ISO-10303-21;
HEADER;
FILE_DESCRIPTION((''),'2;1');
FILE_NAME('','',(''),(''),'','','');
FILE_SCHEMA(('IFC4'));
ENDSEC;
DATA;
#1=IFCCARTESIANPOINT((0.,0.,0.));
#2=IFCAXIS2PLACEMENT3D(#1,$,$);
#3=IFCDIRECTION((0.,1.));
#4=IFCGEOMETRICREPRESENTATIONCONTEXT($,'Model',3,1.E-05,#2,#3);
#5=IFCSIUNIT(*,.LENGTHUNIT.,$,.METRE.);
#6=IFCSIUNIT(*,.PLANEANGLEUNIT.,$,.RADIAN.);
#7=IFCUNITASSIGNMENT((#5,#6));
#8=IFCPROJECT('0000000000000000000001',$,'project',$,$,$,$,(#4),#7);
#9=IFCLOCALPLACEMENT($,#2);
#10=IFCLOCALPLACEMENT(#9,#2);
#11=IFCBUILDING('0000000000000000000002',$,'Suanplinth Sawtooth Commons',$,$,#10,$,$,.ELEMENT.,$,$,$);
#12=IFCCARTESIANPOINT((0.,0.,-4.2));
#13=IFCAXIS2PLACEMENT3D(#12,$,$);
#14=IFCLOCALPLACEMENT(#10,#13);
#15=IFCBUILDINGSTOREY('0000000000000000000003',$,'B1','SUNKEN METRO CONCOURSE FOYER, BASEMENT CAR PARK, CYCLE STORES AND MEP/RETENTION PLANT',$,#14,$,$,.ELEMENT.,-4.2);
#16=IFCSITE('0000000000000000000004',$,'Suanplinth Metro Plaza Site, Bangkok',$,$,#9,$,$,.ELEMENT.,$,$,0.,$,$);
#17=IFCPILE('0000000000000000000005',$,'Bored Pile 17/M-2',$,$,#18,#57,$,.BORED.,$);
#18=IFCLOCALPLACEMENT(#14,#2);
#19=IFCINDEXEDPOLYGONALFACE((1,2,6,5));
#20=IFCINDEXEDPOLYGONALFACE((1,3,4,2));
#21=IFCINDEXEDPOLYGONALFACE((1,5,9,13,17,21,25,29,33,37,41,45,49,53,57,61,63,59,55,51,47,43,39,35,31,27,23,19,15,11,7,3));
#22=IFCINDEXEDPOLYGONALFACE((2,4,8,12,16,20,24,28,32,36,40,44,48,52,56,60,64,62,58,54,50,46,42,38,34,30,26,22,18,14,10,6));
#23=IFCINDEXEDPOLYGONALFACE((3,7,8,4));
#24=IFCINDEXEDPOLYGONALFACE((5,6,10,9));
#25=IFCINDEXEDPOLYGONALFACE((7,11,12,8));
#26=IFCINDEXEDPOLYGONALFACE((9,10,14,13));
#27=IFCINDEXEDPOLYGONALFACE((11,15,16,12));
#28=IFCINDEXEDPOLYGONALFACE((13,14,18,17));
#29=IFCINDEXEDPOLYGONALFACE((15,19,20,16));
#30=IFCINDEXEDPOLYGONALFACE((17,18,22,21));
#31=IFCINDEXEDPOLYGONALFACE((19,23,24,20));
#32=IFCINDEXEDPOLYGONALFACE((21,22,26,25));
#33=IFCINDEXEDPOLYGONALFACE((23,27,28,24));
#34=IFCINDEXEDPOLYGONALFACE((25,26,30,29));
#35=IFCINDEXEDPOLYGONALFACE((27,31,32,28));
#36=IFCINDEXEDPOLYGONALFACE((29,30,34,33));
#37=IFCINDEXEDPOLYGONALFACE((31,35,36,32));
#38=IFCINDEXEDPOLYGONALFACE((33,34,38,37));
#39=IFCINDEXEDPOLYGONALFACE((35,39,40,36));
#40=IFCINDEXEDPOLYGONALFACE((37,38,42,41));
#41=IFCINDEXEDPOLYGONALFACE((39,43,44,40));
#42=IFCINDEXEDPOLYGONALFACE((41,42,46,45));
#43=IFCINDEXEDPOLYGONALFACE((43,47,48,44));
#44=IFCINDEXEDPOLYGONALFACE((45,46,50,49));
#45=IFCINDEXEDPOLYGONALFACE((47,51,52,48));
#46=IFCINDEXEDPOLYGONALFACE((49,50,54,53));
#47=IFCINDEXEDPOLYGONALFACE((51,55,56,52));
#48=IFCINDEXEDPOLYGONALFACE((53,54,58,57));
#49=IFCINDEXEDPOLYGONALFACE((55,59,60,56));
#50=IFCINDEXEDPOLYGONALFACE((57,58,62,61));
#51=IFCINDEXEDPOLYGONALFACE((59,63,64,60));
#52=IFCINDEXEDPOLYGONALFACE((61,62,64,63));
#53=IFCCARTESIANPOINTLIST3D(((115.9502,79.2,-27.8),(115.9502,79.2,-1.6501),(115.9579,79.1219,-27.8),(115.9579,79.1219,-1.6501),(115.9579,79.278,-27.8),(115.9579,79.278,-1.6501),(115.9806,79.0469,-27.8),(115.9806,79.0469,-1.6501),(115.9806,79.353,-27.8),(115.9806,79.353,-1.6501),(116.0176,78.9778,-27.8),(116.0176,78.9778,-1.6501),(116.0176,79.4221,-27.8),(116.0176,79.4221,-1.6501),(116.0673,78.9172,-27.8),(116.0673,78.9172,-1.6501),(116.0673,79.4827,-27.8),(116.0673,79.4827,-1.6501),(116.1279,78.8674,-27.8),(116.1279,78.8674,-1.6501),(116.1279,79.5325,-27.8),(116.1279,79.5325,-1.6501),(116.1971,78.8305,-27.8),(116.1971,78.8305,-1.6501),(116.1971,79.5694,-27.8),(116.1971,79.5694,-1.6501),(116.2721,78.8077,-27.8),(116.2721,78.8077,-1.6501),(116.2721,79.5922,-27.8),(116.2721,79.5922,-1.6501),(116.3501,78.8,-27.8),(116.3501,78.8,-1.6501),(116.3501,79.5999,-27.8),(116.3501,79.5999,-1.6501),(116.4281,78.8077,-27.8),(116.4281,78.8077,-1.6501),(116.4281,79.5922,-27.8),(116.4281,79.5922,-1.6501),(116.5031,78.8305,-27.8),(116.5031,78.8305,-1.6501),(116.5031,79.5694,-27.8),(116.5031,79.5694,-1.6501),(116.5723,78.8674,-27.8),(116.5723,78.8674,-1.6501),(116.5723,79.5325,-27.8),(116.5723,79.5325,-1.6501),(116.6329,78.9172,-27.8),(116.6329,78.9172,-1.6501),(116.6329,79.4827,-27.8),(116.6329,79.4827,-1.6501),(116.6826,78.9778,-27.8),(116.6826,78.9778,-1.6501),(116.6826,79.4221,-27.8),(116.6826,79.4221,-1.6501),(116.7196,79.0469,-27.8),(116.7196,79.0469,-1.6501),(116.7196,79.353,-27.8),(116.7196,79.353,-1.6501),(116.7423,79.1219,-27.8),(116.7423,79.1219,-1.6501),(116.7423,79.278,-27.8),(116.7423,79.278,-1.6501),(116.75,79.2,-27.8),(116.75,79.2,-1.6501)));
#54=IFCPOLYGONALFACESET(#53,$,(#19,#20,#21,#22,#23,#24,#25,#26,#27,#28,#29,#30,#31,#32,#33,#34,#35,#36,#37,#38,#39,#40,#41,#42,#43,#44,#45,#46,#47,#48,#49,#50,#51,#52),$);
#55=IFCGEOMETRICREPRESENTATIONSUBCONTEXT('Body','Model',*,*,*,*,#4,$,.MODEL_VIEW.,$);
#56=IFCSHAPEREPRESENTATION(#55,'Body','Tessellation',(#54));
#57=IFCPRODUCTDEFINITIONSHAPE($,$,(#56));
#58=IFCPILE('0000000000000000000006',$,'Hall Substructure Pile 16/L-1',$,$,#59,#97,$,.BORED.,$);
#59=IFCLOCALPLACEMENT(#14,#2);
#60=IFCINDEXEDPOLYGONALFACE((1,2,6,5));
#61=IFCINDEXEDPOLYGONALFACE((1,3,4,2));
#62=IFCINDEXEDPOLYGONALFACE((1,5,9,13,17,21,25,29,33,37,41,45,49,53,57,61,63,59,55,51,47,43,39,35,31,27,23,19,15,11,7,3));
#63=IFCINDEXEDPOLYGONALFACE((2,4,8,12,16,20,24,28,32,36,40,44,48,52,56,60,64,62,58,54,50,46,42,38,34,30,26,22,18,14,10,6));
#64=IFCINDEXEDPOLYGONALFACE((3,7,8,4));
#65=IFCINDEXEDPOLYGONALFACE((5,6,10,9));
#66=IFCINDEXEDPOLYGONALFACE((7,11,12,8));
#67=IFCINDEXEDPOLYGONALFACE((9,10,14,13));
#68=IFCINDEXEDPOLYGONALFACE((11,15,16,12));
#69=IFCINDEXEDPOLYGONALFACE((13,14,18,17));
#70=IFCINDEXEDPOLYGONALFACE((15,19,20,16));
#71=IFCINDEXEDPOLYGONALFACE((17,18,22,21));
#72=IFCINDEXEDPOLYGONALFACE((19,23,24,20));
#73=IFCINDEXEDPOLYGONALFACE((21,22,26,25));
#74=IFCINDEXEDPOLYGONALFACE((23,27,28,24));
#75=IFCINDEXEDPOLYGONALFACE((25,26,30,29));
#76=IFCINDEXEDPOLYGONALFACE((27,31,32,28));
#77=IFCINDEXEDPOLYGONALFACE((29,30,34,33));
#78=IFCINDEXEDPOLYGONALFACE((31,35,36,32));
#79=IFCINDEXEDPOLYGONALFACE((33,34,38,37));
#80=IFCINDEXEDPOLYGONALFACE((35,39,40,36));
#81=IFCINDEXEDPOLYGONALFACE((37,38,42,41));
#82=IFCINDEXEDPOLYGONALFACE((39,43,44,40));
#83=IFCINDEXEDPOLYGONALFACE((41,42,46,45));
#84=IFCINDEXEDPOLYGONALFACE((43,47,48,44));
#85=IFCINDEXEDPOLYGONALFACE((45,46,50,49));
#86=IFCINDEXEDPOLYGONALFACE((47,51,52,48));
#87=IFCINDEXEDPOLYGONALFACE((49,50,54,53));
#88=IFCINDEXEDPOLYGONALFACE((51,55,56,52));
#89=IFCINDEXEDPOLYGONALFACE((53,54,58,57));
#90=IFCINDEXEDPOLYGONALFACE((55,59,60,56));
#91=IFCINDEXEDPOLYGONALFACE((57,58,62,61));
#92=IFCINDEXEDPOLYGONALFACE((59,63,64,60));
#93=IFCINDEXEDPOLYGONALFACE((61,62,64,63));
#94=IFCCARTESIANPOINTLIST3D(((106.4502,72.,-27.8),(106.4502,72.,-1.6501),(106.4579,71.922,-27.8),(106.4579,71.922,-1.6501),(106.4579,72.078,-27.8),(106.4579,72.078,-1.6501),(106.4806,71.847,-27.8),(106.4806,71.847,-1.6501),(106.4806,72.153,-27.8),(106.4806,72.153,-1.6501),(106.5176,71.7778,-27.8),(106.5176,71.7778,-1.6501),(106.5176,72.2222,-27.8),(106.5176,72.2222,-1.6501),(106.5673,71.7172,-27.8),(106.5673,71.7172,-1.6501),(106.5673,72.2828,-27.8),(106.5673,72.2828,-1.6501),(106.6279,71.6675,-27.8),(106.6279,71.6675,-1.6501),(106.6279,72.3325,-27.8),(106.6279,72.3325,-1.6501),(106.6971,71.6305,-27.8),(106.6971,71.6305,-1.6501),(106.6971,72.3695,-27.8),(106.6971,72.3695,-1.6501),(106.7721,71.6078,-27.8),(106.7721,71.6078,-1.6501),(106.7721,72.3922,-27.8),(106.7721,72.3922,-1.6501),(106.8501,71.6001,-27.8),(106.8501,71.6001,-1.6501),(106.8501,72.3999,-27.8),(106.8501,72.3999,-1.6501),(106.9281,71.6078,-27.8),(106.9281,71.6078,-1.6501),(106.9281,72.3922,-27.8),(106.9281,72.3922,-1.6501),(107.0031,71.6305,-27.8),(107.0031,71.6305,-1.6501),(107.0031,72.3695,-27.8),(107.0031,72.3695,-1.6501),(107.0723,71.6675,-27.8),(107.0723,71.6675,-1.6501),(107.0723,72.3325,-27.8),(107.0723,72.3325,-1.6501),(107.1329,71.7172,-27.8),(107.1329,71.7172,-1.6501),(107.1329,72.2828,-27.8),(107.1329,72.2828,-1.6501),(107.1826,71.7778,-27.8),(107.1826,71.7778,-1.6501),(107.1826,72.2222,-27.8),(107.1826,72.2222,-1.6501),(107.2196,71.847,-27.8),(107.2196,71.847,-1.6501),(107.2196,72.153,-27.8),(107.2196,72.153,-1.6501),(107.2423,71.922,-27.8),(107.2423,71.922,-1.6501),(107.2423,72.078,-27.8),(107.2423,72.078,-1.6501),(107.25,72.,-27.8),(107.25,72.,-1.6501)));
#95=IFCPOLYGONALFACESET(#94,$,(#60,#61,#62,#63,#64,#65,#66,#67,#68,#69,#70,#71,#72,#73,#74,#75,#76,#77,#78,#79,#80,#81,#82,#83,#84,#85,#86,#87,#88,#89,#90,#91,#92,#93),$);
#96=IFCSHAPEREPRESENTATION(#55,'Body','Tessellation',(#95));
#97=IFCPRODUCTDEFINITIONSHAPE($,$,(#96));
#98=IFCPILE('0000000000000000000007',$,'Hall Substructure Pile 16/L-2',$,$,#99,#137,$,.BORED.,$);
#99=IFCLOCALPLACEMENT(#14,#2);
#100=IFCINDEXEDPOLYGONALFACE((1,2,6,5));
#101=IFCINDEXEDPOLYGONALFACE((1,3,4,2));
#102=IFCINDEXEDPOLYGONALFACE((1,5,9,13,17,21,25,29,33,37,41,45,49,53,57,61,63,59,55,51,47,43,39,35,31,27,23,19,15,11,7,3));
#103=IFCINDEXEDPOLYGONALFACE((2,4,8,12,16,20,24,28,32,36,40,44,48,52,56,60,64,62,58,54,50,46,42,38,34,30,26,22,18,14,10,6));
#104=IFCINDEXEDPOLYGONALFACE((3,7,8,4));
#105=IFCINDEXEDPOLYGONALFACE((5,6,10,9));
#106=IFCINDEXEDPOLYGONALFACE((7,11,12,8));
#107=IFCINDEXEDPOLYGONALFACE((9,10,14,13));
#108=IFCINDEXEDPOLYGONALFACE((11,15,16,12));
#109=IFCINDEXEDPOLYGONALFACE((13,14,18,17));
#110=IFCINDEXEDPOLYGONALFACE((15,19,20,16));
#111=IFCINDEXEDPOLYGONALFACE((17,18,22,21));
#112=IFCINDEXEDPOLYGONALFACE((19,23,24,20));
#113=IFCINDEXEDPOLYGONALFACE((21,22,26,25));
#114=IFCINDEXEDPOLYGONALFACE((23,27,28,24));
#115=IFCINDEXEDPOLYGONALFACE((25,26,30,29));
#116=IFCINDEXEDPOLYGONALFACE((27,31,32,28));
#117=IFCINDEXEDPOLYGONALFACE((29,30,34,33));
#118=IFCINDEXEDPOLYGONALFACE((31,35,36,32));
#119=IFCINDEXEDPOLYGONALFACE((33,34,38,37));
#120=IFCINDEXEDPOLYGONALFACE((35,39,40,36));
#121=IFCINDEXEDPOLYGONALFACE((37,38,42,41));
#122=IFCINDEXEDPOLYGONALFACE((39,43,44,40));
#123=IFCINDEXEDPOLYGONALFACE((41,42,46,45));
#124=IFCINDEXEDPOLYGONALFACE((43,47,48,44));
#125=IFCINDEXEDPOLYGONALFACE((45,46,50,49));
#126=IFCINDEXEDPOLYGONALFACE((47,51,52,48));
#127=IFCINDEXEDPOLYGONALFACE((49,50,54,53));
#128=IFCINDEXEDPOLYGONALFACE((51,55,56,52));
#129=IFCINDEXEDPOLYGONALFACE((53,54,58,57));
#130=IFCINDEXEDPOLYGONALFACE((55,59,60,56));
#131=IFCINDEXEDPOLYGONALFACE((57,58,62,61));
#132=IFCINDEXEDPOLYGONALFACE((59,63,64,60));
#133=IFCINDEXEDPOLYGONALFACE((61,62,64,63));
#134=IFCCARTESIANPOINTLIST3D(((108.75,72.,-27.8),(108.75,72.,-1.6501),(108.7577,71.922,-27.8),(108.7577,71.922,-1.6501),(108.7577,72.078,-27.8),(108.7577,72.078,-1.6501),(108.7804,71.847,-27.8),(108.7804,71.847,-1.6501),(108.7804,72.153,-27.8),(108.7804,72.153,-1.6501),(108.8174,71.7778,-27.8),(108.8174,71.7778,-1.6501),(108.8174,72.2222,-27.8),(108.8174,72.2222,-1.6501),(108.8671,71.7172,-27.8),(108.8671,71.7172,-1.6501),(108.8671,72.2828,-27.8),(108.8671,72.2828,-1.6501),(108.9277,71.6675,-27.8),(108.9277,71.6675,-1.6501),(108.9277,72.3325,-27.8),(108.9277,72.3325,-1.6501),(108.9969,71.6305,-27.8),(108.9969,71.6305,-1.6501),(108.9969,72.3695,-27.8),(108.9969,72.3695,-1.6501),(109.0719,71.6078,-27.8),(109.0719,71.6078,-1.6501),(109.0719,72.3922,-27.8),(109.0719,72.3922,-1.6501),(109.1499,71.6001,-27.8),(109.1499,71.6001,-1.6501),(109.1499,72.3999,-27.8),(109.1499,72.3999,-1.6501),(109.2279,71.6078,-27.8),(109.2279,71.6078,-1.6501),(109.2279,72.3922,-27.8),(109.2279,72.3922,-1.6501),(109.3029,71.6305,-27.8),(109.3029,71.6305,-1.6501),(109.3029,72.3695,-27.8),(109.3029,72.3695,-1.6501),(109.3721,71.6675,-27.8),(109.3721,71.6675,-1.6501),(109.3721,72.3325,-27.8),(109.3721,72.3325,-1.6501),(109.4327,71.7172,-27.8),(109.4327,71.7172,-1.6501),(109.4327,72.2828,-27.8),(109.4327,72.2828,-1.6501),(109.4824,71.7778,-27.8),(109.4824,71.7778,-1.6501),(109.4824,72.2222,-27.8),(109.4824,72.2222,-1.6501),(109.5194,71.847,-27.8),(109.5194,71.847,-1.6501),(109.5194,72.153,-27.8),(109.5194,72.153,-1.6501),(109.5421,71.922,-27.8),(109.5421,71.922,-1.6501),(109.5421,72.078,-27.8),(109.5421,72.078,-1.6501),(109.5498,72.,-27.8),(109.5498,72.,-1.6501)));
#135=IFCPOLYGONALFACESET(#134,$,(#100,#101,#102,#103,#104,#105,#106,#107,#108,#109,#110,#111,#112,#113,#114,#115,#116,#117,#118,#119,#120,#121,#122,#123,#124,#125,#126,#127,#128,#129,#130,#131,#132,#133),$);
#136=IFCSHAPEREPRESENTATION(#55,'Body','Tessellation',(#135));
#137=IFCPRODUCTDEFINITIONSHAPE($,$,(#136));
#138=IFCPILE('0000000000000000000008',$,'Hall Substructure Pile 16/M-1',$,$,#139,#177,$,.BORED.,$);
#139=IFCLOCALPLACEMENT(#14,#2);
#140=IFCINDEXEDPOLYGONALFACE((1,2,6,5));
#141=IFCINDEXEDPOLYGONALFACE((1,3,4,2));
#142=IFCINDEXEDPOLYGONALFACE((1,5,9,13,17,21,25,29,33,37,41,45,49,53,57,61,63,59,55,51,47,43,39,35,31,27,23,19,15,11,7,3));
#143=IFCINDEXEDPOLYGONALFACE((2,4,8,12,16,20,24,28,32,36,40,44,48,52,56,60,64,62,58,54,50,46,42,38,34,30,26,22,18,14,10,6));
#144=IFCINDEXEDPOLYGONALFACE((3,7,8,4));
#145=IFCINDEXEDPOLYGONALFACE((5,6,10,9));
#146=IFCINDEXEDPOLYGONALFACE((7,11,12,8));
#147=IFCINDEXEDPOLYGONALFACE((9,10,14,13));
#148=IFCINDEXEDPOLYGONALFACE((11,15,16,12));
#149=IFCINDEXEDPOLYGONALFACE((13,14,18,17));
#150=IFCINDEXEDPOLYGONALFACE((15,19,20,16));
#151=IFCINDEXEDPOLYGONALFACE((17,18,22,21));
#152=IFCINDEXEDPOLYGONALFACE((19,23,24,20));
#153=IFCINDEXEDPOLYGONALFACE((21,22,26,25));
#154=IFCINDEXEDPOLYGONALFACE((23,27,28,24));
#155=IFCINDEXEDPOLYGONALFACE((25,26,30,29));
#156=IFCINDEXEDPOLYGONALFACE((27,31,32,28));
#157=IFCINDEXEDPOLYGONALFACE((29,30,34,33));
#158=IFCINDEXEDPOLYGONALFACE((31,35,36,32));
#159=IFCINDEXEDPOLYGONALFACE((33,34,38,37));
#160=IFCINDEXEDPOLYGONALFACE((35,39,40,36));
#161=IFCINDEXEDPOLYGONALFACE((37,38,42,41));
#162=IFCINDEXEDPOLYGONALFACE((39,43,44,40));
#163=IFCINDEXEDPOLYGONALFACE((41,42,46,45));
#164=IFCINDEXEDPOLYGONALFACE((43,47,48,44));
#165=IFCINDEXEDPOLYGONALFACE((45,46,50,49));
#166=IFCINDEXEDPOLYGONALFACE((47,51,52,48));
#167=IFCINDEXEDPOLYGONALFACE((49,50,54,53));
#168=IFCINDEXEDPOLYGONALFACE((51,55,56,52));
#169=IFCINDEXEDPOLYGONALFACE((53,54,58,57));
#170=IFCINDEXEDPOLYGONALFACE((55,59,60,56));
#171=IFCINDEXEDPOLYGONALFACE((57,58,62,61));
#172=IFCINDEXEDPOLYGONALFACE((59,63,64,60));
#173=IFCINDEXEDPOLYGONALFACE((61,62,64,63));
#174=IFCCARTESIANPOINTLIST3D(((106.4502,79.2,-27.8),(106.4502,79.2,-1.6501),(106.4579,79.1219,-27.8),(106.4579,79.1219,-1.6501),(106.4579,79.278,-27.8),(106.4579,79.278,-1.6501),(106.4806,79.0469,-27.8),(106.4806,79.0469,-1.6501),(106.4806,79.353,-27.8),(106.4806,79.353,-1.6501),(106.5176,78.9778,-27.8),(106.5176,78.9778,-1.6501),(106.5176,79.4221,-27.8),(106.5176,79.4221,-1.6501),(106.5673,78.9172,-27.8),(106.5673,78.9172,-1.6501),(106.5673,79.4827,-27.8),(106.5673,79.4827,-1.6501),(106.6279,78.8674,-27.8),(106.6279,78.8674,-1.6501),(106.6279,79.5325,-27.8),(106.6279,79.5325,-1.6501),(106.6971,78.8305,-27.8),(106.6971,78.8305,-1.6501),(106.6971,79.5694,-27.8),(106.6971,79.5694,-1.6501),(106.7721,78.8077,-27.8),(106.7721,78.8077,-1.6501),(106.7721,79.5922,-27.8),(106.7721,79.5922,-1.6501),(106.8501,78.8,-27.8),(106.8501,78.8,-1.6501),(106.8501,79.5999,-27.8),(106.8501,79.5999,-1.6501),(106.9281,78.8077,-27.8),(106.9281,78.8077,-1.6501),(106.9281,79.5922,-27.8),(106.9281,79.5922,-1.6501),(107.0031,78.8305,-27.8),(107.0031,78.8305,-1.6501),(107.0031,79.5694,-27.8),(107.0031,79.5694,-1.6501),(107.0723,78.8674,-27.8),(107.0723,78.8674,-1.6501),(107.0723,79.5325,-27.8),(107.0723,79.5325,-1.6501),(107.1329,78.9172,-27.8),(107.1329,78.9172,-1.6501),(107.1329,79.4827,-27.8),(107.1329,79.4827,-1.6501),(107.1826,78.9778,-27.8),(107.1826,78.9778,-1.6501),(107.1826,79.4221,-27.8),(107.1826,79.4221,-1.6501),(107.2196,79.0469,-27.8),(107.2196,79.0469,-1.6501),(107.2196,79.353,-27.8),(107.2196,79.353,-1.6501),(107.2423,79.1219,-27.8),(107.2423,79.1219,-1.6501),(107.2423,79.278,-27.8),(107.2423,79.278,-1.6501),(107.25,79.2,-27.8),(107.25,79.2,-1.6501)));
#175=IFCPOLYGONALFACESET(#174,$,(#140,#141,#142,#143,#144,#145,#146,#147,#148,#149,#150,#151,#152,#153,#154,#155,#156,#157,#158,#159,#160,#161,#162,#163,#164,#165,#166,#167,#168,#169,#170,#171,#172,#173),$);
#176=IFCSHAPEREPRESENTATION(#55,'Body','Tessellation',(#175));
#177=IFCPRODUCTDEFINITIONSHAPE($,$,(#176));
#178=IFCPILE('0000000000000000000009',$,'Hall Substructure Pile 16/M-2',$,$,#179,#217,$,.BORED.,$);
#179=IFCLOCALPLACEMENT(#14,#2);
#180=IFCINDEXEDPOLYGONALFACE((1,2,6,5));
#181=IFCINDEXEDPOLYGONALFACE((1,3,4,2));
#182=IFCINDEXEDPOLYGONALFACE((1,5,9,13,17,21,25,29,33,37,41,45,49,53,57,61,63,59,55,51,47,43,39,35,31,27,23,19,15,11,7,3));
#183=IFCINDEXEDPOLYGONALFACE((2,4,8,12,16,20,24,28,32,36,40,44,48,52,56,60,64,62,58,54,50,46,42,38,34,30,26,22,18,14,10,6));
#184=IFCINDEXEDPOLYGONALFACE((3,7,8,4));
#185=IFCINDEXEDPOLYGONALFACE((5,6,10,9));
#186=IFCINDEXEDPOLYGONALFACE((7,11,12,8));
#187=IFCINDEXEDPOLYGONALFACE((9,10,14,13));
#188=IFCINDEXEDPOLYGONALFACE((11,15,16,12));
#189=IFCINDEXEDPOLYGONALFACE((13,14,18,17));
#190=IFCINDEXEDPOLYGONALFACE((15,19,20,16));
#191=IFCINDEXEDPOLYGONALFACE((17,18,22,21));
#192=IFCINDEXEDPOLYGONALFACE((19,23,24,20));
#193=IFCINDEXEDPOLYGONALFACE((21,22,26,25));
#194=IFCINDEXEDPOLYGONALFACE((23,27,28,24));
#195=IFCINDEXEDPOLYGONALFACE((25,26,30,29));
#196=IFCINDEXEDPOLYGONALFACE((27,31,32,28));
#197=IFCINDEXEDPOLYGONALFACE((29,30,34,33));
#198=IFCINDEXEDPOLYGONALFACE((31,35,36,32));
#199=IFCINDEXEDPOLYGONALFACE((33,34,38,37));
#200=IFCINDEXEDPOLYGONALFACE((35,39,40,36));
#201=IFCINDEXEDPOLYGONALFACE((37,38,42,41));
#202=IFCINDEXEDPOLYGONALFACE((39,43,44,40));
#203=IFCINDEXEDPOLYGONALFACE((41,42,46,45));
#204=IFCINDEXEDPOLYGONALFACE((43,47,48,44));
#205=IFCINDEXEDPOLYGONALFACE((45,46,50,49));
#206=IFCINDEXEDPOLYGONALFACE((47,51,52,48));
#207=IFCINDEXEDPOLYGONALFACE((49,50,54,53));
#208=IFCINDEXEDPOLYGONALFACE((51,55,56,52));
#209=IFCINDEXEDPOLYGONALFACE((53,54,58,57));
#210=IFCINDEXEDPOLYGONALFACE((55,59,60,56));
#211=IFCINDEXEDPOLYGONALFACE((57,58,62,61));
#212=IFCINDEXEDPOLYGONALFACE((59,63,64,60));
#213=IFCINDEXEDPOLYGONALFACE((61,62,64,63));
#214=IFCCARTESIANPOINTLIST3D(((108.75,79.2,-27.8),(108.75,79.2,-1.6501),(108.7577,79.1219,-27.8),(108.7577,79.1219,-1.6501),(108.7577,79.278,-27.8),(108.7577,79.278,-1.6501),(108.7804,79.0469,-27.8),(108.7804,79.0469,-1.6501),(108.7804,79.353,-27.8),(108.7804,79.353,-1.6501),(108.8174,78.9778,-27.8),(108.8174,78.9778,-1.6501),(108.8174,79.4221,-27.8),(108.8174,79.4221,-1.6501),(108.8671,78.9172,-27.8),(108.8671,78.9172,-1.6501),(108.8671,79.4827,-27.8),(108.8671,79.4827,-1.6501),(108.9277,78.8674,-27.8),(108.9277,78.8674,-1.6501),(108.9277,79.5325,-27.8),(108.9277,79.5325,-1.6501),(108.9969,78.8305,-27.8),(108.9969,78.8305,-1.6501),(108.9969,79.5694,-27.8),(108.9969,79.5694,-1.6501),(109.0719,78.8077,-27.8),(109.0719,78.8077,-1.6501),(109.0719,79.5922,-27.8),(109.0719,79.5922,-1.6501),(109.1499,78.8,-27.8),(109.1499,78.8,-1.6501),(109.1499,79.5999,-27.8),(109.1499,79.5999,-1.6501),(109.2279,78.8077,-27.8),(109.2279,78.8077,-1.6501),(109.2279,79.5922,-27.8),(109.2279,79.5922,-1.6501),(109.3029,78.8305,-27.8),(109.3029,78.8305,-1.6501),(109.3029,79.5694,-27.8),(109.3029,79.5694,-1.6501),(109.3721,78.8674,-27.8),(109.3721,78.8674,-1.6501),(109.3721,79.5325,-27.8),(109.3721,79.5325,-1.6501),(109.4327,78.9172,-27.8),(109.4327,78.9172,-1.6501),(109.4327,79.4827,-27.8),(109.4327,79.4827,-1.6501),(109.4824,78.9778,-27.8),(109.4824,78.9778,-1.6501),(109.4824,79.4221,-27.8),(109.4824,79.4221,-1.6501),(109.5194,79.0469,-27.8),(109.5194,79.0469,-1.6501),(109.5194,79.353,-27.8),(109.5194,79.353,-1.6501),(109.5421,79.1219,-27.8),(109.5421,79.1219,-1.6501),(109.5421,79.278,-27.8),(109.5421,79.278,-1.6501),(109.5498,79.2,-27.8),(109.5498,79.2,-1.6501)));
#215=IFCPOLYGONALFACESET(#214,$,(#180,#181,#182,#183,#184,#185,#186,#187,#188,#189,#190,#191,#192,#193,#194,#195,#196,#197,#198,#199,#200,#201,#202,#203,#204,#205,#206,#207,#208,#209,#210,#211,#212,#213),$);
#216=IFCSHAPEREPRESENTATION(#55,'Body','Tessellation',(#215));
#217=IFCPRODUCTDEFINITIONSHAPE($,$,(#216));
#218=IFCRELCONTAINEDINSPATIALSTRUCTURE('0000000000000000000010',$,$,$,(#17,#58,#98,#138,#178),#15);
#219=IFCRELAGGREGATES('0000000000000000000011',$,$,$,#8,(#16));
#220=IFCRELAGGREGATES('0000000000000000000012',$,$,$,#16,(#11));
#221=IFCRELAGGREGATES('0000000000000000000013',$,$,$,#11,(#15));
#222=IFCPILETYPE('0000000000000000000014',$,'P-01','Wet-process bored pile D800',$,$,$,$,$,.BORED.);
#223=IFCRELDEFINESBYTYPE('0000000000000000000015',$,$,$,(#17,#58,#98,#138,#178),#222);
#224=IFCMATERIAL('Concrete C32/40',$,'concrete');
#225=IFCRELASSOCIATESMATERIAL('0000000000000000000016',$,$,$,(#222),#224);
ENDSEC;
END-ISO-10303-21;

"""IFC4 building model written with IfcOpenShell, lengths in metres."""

from ifc_helpers import new_model, si_unit, direction, frame, origin, origin_2d, place, context, subcontext, project, spatial, circle, extrude, material, material_profile, profile_set, type_object, element, save


model = new_model("IFC4")

# Units and contexts
model_context = context("Model", 3, precision=1e-05, world=origin(), true_north=direction((0.0, 1.0)))
body_context = subcontext(model_context, "Body", "Model", "MODEL_VIEW")
ifc_project = project(units=[si_unit("LENGTHUNIT", "METRE"), si_unit("PLANEANGLEUNIT", "RADIAN")], contexts=[model_context])

# Site, building, storey
site_placement = place(None, origin())
site = spatial("IfcSite", under=ifc_project, at=site_placement, Name="Suanplinth Metro Plaza Site, Bangkok", CompositionType="ELEMENT", RefElevation=0.0)
building_placement = place(site_placement, origin())
building = spatial("IfcBuilding", under=site, at=building_placement, Name="Suanplinth Sawtooth Commons", CompositionType="ELEMENT")
storey_placement = place(building_placement, frame((0.0, 0.0, -4.2)))
storey = spatial("IfcBuildingStorey", under=building, at=storey_placement, Name="B1", Description="SUNKEN METRO CONCOURSE FOYER, BASEMENT CAR PARK, CYCLE STORES AND MEP/RETENTION PLANT", CompositionType="ELEMENT", Elevation=-4.2)

# Piles
ifc_material_1 = material(Name="Concrete C32/40", Category="concrete")
ifc_material_profile_1 = material_profile(ifc_material_1, circle(Radius=0.3999, at=origin_2d()), Name="PILE D800")
ifc_profile_set_1 = profile_set([ifc_material_profile_1], Name="Concrete C32/40")
pile_type_1 = type_object("IfcPileType", Name="P-01", Description="Wet-process bored pile D800", PredefinedType="BORED", material=ifc_profile_set_1)
for number, where, z_axis, x_axis, name in (
    (1, (116.3501, 79.2, -1.6501), (0.0, 0.0, -1.0), (1.0, 0.0, 0.0), "Bored Pile 17/M-2"),
    (2, (106.8501, 72.0, -1.6501), (0.0, 0.0, -1.0), (1.0, 0.0, 0.0), "Hall Substructure Pile 16/L-1"),
    (3, (109.1499, 72.0, -1.6501), (0.0, 0.0, -1.0), (1.0, 0.0, 0.0), "Hall Substructure Pile 16/L-2"),
    (4, (106.8501, 79.2, -1.6501), (0.0, 0.0, -1.0), (1.0, 0.0, 0.0), "Hall Substructure Pile 16/M-1"),
    (5, (109.1499, 79.2, -1.6501), (0.0, 0.0, -1.0), (1.0, 0.0, 0.0), "Hall Substructure Pile 16/M-2"),
):
    element("IfcPile", number, at=place(storey_placement, frame(where, z_axis=z_axis, x_axis=x_axis)), inside=storey, type_object=pile_type_1, Name=name, PredefinedType="BORED", context=body_context, shape_type="SweptSolid", body=[
        extrude(circle(Radius=0.3999, at=origin_2d()), origin(), (0.0, 0.0, 1.0), 26.1499),
    ])

save(model, "model.ifc")
